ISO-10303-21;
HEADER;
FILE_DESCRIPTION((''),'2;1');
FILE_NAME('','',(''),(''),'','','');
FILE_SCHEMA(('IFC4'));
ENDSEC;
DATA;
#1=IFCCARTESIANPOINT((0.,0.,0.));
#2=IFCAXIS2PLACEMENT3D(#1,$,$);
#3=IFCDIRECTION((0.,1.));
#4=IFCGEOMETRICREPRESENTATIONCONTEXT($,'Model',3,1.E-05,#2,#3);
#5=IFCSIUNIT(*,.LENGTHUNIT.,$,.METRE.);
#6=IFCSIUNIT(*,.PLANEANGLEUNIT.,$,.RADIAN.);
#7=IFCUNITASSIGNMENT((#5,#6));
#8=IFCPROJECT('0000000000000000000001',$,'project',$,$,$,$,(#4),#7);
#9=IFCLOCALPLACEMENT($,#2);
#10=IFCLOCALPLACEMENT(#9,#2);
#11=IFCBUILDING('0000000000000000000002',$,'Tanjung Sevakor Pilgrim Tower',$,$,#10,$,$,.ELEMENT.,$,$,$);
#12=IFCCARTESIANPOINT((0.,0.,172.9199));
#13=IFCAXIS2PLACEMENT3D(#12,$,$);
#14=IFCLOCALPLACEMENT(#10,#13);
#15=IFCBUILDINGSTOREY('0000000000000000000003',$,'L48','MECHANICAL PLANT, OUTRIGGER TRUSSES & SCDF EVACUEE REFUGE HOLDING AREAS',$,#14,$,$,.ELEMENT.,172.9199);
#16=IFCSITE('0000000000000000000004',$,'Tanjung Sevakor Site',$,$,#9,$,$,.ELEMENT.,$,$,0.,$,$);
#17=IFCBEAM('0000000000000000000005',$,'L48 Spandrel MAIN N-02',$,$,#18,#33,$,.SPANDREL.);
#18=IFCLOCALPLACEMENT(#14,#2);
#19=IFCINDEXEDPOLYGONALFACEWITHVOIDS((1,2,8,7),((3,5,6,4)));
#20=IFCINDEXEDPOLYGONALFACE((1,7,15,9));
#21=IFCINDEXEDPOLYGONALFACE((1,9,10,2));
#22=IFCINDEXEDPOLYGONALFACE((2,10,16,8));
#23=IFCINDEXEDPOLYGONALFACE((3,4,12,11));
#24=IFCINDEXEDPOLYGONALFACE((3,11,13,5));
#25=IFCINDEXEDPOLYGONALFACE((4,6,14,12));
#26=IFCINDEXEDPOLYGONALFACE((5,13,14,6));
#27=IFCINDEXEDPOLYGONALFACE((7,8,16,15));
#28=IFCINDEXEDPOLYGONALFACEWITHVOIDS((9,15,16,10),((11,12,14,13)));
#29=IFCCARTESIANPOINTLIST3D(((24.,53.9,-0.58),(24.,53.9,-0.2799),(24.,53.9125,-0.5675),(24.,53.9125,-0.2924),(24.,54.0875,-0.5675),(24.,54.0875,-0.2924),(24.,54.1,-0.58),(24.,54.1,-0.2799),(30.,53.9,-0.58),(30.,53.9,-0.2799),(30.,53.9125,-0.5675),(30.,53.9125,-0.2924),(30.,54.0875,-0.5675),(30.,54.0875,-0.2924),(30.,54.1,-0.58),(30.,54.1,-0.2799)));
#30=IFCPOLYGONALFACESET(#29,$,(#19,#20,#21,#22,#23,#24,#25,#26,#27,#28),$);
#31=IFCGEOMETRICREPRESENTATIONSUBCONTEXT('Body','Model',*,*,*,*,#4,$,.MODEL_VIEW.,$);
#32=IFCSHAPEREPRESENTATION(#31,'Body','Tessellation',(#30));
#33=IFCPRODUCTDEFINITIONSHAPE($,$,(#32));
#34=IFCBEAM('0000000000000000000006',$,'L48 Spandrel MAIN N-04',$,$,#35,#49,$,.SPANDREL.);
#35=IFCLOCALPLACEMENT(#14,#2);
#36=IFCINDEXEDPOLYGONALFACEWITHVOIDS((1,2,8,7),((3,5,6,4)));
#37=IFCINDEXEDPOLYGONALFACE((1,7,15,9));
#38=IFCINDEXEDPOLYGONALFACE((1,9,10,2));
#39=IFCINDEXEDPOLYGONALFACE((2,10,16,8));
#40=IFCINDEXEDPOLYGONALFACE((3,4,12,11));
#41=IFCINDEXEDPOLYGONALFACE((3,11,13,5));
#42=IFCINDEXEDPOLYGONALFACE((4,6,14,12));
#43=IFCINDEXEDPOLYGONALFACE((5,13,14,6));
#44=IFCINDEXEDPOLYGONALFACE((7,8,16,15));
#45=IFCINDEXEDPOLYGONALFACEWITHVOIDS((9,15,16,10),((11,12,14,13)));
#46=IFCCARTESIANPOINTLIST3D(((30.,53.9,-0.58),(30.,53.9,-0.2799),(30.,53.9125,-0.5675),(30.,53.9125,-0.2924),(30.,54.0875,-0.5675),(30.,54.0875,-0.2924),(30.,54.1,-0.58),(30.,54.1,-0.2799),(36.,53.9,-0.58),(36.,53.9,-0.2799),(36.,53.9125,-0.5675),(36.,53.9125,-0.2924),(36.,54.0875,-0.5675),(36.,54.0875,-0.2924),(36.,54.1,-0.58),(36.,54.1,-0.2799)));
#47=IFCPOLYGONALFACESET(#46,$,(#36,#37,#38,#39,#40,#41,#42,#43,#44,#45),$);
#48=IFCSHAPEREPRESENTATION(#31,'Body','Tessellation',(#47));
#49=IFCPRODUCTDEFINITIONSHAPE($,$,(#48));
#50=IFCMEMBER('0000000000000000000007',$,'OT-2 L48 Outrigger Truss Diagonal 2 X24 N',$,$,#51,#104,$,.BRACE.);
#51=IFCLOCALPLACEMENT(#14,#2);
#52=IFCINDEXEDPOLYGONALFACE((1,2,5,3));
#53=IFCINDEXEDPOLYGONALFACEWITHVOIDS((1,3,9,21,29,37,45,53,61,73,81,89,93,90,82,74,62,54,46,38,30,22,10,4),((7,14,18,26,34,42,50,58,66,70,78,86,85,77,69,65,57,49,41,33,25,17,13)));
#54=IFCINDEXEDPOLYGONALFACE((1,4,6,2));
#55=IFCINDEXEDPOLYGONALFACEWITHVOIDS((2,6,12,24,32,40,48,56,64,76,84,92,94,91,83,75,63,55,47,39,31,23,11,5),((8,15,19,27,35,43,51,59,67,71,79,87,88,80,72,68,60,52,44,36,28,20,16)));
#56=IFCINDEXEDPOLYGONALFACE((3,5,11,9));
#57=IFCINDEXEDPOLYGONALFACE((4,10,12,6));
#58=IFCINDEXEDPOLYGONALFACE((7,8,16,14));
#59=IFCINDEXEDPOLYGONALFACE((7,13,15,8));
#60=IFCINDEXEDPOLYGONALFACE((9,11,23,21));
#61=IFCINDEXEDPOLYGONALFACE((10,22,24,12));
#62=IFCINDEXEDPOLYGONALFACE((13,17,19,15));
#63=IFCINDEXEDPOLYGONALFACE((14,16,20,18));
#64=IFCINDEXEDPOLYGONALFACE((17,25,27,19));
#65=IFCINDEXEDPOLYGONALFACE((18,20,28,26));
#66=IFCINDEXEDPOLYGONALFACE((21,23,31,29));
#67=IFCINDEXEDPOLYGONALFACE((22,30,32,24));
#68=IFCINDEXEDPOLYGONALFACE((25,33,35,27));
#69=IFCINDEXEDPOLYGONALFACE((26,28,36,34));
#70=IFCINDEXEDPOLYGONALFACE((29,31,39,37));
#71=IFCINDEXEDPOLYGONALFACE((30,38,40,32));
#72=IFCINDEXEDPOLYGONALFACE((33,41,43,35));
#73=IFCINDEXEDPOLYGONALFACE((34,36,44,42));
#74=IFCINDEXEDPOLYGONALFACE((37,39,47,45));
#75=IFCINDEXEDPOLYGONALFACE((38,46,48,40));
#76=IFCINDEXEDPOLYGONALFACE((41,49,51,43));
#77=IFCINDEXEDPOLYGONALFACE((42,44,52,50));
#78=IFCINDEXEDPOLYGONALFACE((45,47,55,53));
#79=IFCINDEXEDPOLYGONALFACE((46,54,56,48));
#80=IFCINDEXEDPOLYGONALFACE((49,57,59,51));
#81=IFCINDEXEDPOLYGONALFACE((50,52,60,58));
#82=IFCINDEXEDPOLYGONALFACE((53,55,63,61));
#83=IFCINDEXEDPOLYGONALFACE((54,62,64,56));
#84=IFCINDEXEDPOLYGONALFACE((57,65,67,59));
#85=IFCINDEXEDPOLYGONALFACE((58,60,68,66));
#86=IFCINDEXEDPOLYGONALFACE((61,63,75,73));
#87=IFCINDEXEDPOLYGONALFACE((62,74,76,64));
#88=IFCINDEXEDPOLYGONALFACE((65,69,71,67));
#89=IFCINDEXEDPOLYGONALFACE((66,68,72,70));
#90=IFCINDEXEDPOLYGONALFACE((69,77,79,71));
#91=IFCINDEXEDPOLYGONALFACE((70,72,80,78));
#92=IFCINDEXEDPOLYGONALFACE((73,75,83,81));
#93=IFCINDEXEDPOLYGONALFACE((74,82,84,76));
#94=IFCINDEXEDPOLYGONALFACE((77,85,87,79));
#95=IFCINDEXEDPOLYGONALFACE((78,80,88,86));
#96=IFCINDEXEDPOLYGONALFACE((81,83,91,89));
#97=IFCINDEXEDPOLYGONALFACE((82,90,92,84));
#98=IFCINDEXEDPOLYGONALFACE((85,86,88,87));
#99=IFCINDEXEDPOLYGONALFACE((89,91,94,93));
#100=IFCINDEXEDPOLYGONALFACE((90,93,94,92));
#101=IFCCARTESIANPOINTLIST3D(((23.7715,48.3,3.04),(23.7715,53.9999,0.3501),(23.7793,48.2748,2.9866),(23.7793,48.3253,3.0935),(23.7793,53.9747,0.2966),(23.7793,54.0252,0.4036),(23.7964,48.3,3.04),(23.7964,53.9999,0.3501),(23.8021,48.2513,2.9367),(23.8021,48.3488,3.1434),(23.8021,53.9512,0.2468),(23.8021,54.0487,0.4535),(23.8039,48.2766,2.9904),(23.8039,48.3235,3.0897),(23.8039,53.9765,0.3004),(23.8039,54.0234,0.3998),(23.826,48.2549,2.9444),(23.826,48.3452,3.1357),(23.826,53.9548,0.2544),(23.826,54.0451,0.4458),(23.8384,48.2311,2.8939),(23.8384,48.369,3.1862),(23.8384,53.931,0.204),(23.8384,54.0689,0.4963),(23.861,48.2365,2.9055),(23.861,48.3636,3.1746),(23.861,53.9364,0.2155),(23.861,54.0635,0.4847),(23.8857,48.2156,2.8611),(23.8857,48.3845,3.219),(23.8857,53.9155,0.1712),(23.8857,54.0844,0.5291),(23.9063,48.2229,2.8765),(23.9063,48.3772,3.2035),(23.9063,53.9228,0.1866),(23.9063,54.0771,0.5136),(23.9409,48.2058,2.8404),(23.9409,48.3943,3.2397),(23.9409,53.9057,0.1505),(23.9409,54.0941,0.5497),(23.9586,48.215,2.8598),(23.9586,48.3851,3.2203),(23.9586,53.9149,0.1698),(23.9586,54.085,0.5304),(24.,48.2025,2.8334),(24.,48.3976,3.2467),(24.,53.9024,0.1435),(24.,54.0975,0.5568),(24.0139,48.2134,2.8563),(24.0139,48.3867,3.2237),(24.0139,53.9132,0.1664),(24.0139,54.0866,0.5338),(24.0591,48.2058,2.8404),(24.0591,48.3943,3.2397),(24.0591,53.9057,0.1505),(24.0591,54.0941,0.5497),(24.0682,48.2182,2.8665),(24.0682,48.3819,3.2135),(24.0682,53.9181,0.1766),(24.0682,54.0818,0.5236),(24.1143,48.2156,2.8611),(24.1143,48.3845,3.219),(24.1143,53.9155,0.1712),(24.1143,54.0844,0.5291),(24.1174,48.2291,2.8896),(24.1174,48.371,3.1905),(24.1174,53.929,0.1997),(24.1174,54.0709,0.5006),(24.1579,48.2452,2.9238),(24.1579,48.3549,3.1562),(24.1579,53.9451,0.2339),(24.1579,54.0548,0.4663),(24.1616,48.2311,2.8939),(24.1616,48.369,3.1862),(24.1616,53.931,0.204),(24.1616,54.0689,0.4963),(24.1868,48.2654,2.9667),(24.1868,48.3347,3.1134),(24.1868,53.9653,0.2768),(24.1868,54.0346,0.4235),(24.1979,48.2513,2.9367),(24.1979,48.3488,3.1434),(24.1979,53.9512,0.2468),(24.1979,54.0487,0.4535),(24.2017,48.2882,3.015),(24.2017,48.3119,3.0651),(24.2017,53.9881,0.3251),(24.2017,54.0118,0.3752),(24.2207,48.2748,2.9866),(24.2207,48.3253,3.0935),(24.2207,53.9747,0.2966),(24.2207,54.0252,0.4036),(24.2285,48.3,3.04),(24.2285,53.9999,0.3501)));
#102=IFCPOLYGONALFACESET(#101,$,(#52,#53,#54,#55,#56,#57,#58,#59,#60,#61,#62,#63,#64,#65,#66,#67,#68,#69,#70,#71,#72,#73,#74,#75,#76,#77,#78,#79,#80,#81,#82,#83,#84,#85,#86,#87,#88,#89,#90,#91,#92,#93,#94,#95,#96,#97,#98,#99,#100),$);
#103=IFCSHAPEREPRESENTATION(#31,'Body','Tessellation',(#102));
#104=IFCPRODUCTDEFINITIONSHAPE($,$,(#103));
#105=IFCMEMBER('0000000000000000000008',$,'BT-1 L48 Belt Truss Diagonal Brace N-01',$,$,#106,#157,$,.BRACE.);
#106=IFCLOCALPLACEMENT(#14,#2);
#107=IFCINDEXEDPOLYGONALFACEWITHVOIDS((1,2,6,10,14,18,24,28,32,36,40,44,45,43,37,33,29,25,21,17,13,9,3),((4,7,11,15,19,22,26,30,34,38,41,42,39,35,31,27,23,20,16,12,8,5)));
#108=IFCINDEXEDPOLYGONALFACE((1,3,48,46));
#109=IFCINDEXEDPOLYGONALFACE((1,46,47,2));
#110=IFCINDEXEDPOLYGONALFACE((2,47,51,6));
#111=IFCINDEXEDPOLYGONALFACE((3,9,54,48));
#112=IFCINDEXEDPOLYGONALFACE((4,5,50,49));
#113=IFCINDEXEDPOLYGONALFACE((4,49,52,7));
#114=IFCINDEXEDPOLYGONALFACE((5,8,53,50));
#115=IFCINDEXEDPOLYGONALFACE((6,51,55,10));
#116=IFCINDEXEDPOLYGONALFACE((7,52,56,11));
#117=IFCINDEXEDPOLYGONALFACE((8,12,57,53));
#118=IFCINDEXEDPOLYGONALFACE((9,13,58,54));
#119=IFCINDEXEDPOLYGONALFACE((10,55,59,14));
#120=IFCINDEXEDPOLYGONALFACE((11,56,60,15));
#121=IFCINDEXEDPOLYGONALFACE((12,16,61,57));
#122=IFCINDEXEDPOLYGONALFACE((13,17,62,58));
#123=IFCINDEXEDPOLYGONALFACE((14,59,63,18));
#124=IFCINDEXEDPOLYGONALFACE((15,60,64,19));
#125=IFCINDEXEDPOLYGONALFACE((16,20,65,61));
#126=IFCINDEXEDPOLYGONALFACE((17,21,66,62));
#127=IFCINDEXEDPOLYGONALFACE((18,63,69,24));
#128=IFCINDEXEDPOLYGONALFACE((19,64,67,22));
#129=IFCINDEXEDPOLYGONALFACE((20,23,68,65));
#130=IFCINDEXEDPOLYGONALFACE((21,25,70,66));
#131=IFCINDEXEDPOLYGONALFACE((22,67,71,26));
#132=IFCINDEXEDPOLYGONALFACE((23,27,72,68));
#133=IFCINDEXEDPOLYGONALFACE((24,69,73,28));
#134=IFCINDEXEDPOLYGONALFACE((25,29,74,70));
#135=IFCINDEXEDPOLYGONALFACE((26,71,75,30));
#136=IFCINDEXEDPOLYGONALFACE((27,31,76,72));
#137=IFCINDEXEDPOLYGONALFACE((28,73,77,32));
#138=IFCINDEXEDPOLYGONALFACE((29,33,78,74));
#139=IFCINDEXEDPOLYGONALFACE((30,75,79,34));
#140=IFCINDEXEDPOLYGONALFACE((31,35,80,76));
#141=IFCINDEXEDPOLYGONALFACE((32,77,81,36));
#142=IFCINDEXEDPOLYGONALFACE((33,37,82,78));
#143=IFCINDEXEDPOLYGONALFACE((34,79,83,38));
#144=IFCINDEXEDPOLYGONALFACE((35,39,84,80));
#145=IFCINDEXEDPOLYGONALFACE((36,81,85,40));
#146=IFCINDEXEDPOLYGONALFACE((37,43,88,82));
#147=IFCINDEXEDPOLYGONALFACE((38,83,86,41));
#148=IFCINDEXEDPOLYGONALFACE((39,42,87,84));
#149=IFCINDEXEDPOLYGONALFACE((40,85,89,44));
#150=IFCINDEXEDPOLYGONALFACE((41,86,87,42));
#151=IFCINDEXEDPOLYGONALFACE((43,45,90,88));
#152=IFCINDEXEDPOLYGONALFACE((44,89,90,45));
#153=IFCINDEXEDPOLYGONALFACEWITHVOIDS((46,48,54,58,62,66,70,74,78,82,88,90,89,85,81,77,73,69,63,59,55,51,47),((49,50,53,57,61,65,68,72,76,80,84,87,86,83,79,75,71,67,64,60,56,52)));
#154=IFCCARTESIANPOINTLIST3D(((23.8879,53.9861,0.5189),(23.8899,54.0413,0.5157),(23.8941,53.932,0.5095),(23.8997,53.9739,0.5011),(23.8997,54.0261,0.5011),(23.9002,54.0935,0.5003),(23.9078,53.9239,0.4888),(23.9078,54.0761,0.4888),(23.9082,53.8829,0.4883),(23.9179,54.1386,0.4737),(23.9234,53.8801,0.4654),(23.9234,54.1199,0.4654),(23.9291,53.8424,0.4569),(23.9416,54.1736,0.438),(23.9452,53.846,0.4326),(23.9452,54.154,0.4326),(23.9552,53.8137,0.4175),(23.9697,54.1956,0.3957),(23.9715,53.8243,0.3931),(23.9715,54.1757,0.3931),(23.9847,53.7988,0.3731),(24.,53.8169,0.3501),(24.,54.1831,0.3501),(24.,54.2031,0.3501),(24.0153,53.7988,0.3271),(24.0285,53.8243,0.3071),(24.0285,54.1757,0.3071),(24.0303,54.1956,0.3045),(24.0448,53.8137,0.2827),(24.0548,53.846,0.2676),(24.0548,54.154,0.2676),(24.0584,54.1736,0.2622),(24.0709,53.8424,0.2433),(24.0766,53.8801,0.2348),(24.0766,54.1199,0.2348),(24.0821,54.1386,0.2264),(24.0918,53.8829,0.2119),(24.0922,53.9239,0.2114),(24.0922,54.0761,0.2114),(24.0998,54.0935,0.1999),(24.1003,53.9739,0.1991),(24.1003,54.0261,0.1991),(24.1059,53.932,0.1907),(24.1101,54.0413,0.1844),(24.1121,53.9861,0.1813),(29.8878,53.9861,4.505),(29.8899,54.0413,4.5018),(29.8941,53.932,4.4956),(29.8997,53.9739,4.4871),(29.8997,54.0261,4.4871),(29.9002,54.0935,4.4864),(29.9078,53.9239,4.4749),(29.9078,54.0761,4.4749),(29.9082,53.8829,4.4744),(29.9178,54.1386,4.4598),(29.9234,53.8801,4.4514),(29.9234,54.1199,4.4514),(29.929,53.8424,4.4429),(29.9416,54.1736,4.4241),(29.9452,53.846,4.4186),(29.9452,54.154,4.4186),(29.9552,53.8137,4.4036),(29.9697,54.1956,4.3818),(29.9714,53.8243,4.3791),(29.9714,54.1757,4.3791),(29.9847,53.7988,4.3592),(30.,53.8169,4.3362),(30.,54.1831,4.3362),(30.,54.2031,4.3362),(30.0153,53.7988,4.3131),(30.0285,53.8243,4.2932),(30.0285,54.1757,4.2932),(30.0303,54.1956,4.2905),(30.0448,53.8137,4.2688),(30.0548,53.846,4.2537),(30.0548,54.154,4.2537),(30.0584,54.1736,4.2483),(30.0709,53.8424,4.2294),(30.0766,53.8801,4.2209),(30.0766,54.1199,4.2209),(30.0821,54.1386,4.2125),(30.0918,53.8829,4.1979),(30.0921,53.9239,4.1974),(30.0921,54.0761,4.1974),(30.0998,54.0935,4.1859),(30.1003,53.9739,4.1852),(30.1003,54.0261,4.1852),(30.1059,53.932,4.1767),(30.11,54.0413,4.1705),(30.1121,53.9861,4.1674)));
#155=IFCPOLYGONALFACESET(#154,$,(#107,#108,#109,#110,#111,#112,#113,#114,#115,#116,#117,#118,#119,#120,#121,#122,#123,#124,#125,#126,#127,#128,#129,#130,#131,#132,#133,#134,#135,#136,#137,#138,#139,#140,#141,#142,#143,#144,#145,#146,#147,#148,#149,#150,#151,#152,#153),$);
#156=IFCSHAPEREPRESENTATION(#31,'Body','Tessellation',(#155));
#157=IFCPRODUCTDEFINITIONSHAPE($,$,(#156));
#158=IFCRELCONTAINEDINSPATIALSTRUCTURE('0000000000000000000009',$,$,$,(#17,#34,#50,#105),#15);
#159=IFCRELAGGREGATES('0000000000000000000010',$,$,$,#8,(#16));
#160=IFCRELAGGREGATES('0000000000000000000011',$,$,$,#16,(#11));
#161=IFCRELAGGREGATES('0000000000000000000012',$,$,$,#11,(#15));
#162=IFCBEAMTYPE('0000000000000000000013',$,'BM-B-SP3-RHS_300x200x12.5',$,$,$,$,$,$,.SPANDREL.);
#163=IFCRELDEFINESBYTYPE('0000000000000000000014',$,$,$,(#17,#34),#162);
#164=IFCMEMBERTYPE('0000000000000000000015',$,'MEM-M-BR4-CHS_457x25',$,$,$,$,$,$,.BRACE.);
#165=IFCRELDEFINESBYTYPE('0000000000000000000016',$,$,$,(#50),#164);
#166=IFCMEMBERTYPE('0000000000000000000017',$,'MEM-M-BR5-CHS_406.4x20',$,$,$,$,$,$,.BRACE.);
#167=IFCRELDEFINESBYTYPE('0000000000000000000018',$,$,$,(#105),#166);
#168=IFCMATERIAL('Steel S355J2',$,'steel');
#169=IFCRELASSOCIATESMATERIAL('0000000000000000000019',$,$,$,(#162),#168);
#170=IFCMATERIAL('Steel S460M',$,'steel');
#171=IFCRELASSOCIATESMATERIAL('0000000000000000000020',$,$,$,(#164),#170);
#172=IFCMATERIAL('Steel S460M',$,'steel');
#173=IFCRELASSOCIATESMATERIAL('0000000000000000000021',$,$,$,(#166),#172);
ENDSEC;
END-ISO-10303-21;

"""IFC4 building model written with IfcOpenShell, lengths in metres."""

from ifc_helpers import new_model, si_unit, direction, frame, origin, origin_2d, place, context, subcontext, project, spatial, hollow_rectangle, hollow_circle, extrude, material, material_profile, profile_set, type_object, element, save


model = new_model("IFC4")

# Units and contexts
model_context = context("Model", 3, precision=1e-05, world=origin(), true_north=direction((0.0, 1.0)))
body_context = subcontext(model_context, "Body", "Model", "MODEL_VIEW")
ifc_project = project(units=[si_unit("LENGTHUNIT", "METRE"), si_unit("PLANEANGLEUNIT", "RADIAN")], contexts=[model_context])

# Site, building, storey
site_placement = place(None, origin())
site = spatial("IfcSite", under=ifc_project, at=site_placement, Name="Tanjung Sevakor Site", CompositionType="ELEMENT", RefElevation=0.0)
building_placement = place(site_placement, origin())
building = spatial("IfcBuilding", under=site, at=building_placement, Name="Tanjung Sevakor Pilgrim Tower", CompositionType="ELEMENT")
storey_placement = place(building_placement, frame((0.0, 0.0, 172.9199)))
storey = spatial("IfcBuildingStorey", under=building, at=storey_placement, Name="L48", Description="MECHANICAL PLANT, OUTRIGGER TRUSSES & SCDF EVACUEE REFUGE HOLDING AREAS", CompositionType="ELEMENT", Elevation=172.9199)

# Beams
ifc_material_1 = material(Name="Steel S355J2", Category="steel")
ifc_material_profile_1 = material_profile(ifc_material_1, hollow_rectangle(XDim=0.2, YDim=0.3, WallThickness=0.0125, at=origin_2d()))
ifc_profile_set_1 = profile_set([ifc_material_profile_1], Name="Steel S355J2")
beam_type_1 = type_object("IfcBeamType", Name="BM-B-SP3-RHS_300x200x12.5", PredefinedType="SPANDREL", material=ifc_profile_set_1)
for number, where, z_axis, x_axis, name in (
    (1, (24.0, 54.0, -0.4299), (1.0, 0.0, 0.0), (0.0, 1.0, 0.0), "L48 Spandrel MAIN N-02"),
    (2, (30.0, 54.0, -0.4299), (1.0, 0.0, 0.0), (0.0, 1.0, 0.0), "L48 Spandrel MAIN N-04"),
):
    element("IfcBeam", number, at=place(storey_placement, frame(where, z_axis=z_axis, x_axis=x_axis)), inside=storey, type_object=beam_type_1, Name=name, PredefinedType="SPANDREL", context=body_context, shape_type="SweptSolid", body=[
        extrude(hollow_rectangle(XDim=0.2, YDim=0.3, WallThickness=0.0125, at=origin_2d()), origin(), (0.0, 0.0, 1.0), 6.0),
    ])

# Members
ifc_material_2 = material(Name="Steel S460M", Category="steel")
ifc_material_profile_2 = material_profile(ifc_material_2, hollow_circle(Radius=0.2285, WallThickness=0.0249, at=origin_2d()))
ifc_profile_set_2 = profile_set([ifc_material_profile_2], Name="Steel S460M")
member_type_1 = type_object("IfcMemberType", Name="MEM-M-BR4-CHS_457x25", PredefinedType="BRACE", material=ifc_profile_set_2)
member_1_placement = place(storey_placement, frame((24.0, 48.3, 3.04), z_axis=(0.0, 0.904353, -0.426785), x_axis=(-1.0, 0.0, 0.0)))
element("IfcMember", 3, at=member_1_placement, inside=storey, type_object=member_type_1, Name="OT-2 L48 Outrigger Truss Diagonal 2 X24 N", PredefinedType="BRACE", context=body_context, shape_type="SweptSolid", body=[
    extrude(hollow_circle(Radius=0.2285, WallThickness=0.0249, at=origin_2d()), origin(), (0.0, 0.0, 1.0), 6.3027),
])
ifc_material_3 = material(Name="Steel S460M", Category="steel")
ifc_material_profile_3 = material_profile(ifc_material_3, hollow_circle(Radius=0.2031, WallThickness=0.02, at=origin_2d()))
ifc_profile_set_3 = profile_set([ifc_material_profile_3], Name="Steel S460M")
member_type_2 = type_object("IfcMemberType", Name="MEM-M-BR5-CHS_406.4x20", PredefinedType="BRACE", material=ifc_profile_set_3)
for number, where, z_axis, x_axis, name in (
    (4, (24.0, 54.0, 0.3501), (0.832941, 0.0, 0.553362), (0.0, 1.0, 0.0), "BT-1 L48 Belt Truss Diagonal Brace N-01"),
):
    element("IfcMember", number, at=place(storey_placement, frame(where, z_axis=z_axis, x_axis=x_axis)), inside=storey, type_object=member_type_2, Name=name, PredefinedType="BRACE", context=body_context, shape_type="SweptSolid", body=[
        extrude(hollow_circle(Radius=0.2031, WallThickness=0.02, at=origin_2d()), origin(), (0.0, 0.0, 1.0), 7.2034),
    ])

save(model, "model.ifc")
